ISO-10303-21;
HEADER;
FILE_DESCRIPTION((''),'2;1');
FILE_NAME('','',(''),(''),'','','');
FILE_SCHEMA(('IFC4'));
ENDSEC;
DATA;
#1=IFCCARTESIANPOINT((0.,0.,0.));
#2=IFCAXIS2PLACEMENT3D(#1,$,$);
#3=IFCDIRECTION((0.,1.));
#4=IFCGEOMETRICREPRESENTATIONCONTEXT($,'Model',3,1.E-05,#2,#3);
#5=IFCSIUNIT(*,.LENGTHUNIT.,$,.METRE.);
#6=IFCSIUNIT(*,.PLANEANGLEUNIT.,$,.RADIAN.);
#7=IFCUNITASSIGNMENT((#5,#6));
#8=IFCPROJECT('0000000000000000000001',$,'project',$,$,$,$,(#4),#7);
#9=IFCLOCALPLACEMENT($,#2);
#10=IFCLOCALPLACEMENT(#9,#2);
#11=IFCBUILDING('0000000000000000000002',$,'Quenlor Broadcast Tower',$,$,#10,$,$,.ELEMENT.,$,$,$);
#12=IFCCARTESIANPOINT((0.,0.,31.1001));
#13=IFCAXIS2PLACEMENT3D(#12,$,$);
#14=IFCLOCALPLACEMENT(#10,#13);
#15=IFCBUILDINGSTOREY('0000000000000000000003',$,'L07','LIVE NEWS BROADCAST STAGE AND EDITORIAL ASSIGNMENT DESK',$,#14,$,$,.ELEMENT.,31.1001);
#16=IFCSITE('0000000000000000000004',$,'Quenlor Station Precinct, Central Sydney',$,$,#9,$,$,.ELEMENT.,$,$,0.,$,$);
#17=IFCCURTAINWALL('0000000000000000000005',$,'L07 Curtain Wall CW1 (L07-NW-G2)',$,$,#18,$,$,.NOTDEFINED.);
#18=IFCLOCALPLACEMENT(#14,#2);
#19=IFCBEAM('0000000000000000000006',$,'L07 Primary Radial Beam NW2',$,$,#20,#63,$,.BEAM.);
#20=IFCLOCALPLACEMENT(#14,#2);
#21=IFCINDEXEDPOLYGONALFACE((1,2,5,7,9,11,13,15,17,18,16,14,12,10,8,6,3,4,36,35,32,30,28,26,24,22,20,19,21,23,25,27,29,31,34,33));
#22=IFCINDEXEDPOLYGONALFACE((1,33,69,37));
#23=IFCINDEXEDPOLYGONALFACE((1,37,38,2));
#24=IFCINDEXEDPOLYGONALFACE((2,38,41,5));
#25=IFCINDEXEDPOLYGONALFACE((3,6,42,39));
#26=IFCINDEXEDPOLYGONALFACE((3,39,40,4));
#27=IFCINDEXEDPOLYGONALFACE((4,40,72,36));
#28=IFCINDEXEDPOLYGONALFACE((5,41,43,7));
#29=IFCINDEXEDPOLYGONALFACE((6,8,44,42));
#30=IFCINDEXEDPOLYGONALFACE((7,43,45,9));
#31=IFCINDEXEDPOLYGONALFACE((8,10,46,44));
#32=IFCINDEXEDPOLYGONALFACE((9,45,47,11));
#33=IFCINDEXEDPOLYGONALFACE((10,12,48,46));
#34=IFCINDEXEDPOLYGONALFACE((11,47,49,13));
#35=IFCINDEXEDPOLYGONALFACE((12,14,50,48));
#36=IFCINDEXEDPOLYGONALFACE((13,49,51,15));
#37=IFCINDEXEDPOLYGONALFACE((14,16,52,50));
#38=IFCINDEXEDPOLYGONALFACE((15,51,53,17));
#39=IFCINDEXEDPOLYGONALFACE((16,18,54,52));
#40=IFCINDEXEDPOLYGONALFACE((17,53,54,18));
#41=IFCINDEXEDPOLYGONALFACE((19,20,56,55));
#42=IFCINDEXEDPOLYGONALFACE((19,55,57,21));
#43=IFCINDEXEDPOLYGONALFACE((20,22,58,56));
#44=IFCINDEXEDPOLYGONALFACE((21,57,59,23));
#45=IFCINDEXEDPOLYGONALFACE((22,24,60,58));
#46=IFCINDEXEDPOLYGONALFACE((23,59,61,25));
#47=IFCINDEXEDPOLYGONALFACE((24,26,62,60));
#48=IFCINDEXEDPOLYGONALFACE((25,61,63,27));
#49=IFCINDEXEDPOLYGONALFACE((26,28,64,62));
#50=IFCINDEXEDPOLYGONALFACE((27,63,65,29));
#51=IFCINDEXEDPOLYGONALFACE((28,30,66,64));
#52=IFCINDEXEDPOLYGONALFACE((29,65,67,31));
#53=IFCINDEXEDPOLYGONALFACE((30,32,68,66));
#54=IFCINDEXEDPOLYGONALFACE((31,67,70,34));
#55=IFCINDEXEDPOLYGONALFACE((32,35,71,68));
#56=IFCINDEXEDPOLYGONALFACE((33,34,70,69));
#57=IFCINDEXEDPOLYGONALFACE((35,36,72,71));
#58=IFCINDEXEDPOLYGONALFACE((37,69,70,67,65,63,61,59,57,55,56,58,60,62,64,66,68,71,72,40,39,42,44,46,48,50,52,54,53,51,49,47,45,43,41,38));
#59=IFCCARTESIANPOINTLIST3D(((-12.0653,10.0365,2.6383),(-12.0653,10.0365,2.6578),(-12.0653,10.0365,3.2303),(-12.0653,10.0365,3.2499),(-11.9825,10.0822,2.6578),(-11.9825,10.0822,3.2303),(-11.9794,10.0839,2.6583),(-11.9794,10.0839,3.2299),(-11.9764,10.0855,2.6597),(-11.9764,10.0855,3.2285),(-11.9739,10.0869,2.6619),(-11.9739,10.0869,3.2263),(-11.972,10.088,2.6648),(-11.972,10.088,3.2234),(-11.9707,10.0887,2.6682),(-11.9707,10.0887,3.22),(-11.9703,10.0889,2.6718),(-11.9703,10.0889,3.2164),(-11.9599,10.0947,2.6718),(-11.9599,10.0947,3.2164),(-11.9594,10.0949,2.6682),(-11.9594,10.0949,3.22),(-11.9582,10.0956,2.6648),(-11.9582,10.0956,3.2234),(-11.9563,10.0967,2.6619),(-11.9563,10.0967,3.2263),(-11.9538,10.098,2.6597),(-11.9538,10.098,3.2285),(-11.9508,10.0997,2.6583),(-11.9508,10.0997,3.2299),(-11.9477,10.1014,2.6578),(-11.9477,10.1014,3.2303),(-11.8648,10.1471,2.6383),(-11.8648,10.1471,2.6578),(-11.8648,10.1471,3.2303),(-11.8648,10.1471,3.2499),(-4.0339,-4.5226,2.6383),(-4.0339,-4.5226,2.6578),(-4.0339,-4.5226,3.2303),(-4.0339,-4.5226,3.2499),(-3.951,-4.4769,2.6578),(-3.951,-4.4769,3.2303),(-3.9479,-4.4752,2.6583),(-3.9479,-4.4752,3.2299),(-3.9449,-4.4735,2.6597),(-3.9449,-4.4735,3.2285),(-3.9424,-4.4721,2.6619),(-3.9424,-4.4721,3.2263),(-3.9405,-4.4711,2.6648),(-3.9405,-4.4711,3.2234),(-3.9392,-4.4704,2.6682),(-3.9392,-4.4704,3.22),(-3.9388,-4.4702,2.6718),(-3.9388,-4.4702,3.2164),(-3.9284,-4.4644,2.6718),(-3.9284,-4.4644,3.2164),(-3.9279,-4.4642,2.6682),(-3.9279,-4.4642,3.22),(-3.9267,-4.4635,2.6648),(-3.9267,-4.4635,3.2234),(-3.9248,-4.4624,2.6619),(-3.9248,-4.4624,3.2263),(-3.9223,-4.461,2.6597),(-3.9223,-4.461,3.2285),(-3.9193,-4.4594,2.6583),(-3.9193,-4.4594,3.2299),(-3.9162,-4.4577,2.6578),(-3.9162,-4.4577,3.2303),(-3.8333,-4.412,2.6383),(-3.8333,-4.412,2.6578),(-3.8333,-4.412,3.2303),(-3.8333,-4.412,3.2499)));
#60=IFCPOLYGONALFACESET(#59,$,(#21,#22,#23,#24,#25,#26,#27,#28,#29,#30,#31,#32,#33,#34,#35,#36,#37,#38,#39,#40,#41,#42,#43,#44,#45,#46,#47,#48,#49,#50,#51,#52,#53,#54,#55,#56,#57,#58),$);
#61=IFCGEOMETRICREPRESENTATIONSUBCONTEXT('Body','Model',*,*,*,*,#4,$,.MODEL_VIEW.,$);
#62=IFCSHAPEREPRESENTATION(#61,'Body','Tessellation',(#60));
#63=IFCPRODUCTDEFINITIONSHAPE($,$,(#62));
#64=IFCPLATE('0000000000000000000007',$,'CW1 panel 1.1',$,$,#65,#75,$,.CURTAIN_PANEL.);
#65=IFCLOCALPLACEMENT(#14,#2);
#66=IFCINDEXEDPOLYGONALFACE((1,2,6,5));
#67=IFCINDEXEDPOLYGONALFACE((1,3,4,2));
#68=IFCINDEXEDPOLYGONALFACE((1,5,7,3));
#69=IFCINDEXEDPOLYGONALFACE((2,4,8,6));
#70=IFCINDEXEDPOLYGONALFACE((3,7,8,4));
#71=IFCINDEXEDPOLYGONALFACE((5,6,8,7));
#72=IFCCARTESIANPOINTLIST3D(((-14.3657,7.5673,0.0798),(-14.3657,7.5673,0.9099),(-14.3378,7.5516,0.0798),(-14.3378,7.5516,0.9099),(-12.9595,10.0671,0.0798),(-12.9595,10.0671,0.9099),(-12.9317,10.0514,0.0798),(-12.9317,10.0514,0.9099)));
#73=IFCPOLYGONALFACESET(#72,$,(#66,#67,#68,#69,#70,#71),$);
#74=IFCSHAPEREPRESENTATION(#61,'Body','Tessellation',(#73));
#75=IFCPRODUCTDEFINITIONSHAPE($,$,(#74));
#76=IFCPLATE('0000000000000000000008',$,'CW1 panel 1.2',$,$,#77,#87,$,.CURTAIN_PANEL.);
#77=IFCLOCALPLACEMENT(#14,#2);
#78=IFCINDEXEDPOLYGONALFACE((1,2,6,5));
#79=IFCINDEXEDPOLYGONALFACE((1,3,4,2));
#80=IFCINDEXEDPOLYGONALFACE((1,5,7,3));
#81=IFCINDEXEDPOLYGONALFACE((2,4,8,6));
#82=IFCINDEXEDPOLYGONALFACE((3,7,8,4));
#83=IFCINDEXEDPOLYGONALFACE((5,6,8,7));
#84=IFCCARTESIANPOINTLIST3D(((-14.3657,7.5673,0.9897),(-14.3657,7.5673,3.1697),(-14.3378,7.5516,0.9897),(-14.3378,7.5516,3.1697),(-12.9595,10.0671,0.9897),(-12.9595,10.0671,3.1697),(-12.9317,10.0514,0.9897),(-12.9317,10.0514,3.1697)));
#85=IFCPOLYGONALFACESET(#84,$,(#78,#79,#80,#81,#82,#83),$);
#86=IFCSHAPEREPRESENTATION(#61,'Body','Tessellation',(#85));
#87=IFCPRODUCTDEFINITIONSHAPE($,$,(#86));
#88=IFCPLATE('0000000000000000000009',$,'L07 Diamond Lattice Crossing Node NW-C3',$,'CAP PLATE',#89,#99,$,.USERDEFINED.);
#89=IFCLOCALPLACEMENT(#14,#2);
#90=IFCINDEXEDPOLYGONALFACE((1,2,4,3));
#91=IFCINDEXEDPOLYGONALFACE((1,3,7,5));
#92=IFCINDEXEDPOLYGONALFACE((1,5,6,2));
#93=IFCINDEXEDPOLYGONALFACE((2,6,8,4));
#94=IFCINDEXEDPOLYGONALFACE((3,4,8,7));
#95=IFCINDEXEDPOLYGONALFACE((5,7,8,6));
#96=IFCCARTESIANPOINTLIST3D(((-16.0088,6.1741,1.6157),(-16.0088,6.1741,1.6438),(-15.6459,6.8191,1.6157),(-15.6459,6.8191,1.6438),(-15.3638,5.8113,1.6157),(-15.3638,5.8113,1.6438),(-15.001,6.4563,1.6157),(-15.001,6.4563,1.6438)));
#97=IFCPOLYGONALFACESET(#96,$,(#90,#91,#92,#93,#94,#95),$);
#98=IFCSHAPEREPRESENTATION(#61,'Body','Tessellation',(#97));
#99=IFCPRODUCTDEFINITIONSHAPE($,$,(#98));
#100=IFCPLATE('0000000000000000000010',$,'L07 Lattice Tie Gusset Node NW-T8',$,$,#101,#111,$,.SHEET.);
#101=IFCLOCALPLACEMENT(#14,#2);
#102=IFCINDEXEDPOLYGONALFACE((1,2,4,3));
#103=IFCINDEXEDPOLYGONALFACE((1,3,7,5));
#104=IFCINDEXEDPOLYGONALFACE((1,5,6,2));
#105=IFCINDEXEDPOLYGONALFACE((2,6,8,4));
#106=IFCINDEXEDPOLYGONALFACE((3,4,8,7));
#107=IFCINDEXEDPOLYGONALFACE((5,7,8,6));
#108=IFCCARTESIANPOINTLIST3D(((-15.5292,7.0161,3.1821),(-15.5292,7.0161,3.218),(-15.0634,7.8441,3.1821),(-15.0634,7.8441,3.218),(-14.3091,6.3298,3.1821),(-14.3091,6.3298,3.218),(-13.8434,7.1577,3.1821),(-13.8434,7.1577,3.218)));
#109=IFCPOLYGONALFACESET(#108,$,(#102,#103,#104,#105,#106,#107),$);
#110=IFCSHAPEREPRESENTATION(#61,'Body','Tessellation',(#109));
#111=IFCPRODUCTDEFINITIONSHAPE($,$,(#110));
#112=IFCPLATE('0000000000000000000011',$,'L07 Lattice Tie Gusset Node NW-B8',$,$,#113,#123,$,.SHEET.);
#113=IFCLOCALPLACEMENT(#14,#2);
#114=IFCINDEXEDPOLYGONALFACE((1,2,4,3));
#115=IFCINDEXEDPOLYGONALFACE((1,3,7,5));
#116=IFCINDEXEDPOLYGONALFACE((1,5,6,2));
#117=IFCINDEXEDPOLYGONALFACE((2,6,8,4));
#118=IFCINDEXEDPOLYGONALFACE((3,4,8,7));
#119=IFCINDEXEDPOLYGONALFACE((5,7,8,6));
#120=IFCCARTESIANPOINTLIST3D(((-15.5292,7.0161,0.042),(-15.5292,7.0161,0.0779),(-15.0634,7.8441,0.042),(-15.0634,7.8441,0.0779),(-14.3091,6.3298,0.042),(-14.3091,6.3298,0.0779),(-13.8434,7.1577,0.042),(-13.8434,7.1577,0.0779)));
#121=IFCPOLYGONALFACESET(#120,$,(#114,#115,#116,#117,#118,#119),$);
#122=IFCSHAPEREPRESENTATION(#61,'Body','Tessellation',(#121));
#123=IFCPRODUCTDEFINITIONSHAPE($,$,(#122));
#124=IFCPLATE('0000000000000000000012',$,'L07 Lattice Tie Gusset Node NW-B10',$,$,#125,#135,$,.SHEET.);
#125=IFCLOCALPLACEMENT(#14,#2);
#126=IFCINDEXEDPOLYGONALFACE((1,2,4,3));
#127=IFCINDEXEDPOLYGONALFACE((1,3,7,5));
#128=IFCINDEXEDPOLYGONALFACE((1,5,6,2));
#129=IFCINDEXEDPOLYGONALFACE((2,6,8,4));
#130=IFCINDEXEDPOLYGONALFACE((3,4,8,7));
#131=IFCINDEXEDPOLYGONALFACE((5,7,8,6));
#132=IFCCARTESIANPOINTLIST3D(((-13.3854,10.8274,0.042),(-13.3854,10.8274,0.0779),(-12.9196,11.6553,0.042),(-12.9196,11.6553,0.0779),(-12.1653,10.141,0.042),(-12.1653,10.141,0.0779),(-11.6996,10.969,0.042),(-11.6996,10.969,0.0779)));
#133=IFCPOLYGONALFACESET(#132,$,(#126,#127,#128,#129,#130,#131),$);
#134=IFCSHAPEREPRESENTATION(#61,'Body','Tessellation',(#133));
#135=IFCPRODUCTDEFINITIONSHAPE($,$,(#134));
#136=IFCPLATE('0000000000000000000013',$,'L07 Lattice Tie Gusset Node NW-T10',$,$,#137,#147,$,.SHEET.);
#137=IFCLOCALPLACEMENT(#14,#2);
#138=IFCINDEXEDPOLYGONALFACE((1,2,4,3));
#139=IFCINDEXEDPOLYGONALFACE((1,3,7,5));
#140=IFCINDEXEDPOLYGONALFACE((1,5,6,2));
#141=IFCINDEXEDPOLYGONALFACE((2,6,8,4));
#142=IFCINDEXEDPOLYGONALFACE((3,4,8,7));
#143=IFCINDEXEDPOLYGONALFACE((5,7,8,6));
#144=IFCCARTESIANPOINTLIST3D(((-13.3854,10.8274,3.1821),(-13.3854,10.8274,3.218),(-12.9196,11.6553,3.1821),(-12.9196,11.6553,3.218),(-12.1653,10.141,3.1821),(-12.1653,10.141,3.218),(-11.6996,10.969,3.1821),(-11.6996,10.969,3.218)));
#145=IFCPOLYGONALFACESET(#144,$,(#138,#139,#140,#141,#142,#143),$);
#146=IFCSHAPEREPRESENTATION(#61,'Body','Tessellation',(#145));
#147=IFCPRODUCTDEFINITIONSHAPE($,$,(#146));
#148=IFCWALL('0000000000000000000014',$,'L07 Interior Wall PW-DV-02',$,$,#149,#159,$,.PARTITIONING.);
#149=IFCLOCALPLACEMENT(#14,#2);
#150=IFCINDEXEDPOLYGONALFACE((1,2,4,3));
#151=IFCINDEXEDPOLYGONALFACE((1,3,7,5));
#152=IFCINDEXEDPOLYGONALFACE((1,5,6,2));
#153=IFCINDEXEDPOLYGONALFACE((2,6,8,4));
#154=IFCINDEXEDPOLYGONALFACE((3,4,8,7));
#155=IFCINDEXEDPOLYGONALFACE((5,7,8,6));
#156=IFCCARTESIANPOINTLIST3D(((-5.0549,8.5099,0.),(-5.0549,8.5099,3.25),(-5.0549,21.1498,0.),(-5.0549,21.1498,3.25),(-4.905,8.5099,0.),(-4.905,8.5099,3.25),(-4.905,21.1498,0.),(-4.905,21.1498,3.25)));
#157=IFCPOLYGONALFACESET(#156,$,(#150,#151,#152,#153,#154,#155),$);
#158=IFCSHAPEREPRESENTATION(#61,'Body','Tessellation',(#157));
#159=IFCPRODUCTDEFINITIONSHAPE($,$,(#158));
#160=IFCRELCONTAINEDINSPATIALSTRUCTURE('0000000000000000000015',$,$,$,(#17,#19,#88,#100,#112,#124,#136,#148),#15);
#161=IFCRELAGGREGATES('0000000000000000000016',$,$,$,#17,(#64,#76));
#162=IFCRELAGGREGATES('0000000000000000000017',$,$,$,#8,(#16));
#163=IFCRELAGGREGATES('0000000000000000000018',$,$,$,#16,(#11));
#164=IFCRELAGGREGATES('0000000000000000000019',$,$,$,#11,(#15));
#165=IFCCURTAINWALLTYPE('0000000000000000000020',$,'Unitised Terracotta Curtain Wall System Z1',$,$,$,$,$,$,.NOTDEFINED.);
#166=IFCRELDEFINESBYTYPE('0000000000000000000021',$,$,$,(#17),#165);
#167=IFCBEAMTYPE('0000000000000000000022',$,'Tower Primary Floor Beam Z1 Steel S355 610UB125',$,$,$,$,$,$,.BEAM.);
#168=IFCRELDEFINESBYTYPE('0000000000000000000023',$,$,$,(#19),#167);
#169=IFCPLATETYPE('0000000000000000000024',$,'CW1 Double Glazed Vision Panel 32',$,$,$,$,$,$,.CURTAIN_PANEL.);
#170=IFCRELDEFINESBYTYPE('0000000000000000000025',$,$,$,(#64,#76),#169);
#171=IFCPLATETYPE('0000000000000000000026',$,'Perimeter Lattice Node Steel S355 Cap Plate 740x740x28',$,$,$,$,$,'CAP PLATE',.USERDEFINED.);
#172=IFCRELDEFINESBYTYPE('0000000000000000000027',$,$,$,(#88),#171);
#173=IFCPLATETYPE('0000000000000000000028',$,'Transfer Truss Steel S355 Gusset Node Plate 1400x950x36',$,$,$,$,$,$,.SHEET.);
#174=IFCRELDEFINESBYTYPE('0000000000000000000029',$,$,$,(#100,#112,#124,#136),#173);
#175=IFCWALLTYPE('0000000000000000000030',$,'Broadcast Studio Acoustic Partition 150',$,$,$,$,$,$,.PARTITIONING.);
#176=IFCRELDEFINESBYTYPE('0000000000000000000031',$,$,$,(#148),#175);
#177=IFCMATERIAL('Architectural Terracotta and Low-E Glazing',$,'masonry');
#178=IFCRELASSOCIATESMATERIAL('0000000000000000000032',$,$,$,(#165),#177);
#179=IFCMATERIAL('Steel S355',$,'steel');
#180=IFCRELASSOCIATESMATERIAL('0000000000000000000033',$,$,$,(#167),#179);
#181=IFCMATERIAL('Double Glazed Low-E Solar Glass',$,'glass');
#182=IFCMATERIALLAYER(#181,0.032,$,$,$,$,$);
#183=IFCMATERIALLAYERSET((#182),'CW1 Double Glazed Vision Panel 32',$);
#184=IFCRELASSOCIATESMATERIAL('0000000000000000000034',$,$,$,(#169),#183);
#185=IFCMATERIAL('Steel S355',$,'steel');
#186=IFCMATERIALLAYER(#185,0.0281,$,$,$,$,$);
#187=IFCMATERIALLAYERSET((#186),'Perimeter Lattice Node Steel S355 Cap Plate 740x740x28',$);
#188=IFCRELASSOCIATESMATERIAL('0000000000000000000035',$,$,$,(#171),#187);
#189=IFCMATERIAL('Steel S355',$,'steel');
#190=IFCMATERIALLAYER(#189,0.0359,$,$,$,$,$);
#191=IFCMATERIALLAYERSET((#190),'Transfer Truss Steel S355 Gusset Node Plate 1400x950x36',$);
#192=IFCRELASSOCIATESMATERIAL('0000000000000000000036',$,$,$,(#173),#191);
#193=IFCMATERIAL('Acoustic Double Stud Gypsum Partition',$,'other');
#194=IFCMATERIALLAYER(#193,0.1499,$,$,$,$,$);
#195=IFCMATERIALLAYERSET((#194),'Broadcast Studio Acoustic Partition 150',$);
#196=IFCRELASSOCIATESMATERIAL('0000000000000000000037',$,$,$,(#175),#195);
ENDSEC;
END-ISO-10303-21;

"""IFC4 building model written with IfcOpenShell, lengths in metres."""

from ifc_helpers import new_model, si_unit, direction, frame, frame_2d, origin, origin_2d, place, context, subcontext, project, spatial, rectangle, i_section, extrude, material, layer, layer_set, material_profile, profile_set, type_object, element, aggregate, save


model = new_model("IFC4")

# Units and contexts
model_context = context("Model", 3, precision=1e-05, world=origin(), true_north=direction((0.0, 1.0)))
body_context = subcontext(model_context, "Body", "Model", "MODEL_VIEW")
ifc_project = project(units=[si_unit("LENGTHUNIT", "METRE"), si_unit("PLANEANGLEUNIT", "RADIAN")], contexts=[model_context])

# Site, building, storey
site_placement = place(None, origin())
site = spatial("IfcSite", under=ifc_project, at=site_placement, Name="Quenlor Station Precinct, Central Sydney", CompositionType="ELEMENT", RefElevation=0.0)
building_placement = place(site_placement, origin())
building = spatial("IfcBuilding", under=site, at=building_placement, Name="Quenlor Broadcast Tower", CompositionType="ELEMENT")
storey_placement = place(building_placement, frame((0.0, 0.0, 31.1001)))
storey = spatial("IfcBuildingStorey", under=building, at=storey_placement, Name="L07", Description="LIVE NEWS BROADCAST STAGE AND EDITORIAL ASSIGNMENT DESK", CompositionType="ELEMENT", Elevation=31.1001)

# Curtain wall
ifc_material_1 = material(Name="Architectural Terracotta and Low-E Glazing", Category="masonry")
curtain_wall_type = type_object("IfcCurtainWallType", Name="Unitised Terracotta Curtain Wall System Z1", PredefinedType="NOTDEFINED", material=ifc_material_1)
curtain_wall_placement = place(storey_placement, origin())
curtain_wall = element("IfcCurtainWall", 1, at=curtain_wall_placement, inside=storey, type_object=curtain_wall_type, Name="L07 Curtain Wall CW1 (L07-NW-G2)", PredefinedType="NOTDEFINED")

# Beam
ifc_material_2 = material(Name="Steel S355", Category="steel")
ifc_material_profile_1 = material_profile(ifc_material_2, i_section(OverallWidth=0.229, OverallDepth=0.6116, WebThickness=0.012, FlangeThickness=0.0195, FilletRadius=0.0139, at=origin_2d()))
ifc_profile_set_1 = profile_set([ifc_material_profile_1], Name="Steel S355 610UB125")
beam_type_1 = type_object("IfcBeamType", Name="Tower Primary Floor Beam Z1 Steel S355 610UB125", PredefinedType="BEAM", material=ifc_profile_set_1)
beam_1_placement = place(storey_placement, frame((-11.9651, 10.0918, 2.9441), z_axis=(0.483026, -0.875606, 0.0), x_axis=(0.875606, 0.483026, 0.0)))
element("IfcBeam", 2, at=beam_1_placement, inside=storey, type_object=beam_type_1, Name="L07 Primary Radial Beam NW2", PredefinedType="BEAM", context=body_context, shape_type="SweptSolid", body=[
    extrude(i_section(OverallWidth=0.229, OverallDepth=0.6116, WebThickness=0.012, FlangeThickness=0.0195, FilletRadius=0.0139, at=origin_2d()), origin(), (0.0, 0.0, 1.0), 16.6274),
])

# Plates
ifc_material_3 = material(Name="Double Glazed Low-E Solar Glass", Category="glass")
ifc_layer_1 = layer(ifc_material_3, 0.032)
ifc_layer_set_1 = layer_set([ifc_layer_1], Name="CW1 Double Glazed Vision Panel 32")
plate_type_1 = type_object("IfcPlateType", Name="CW1 Double Glazed Vision Panel 32", PredefinedType="CURTAIN_PANEL", material=ifc_layer_set_1)
plate_1_placement = place(storey_placement, frame((-13.6487, 8.8093, 0.0798), z_axis=(0.0, 0.0, 1.0), x_axis=(0.490274, 0.871568, 0.0)))
plate_1 = element("IfcPlate", 3, at=plate_1_placement, type_object=plate_type_1, Name="CW1 panel 1.1", PredefinedType="CURTAIN_PANEL", context=body_context, shape_type="SweptSolid", body=[
    extrude(rectangle(XDim=2.8682, YDim=0.032, at=origin_2d()), origin(), (0.0, 0.0, 1.0), 0.8301),
])
plate_2_placement = place(storey_placement, frame((-13.6487, 8.8093, 0.9897), z_axis=(0.0, 0.0, 1.0), x_axis=(0.490274, 0.871568, 0.0)))
plate_2 = element("IfcPlate", 4, at=plate_2_placement, type_object=plate_type_1, Name="CW1 panel 1.2", PredefinedType="CURTAIN_PANEL", context=body_context, shape_type="SweptSolid", body=[
    extrude(rectangle(XDim=2.8682, YDim=0.032, at=origin_2d()), origin(), (0.0, 0.0, 1.0), 2.1799),
])
aggregate(curtain_wall, [plate_1, plate_2])

# Plates
ifc_material_4 = material(Name="Steel S355", Category="steel")
ifc_layer_2 = layer(ifc_material_4, 0.0281)
ifc_layer_set_2 = layer_set([ifc_layer_2], Name="Perimeter Lattice Node Steel S355 Cap Plate 740x740x28")
plate_type_2 = type_object("IfcPlateType", Name="Perimeter Lattice Node Steel S355 Cap Plate 740x740x28", ElementType="CAP PLATE", PredefinedType="USERDEFINED", material=ifc_layer_set_2)
plate_3_placement = place(storey_placement, frame((-15.5049, 6.3152, 1.6157), z_axis=(0.0, 0.0, 1.0), x_axis=(0.490295, 0.871556, 0.0)))
element("IfcPlate", 5, at=plate_3_placement, inside=storey, type_object=plate_type_2, Name="L07 Diamond Lattice Crossing Node NW-C3", ObjectType="CAP PLATE", PredefinedType="USERDEFINED", context=body_context, shape_type="SweptSolid", body=[
    extrude(rectangle(XDim=0.74, YDim=0.74, at=origin_2d()), origin(), (0.0, 0.0, 1.0), 0.0281),
])
ifc_material_5 = material(Name="Steel S355", Category="steel")
ifc_layer_3 = layer(ifc_material_5, 0.0359)
ifc_layer_set_3 = layer_set([ifc_layer_3], Name="Transfer Truss Steel S355 Gusset Node Plate 1400x950x36")
plate_type_3 = type_object("IfcPlateType", Name="Transfer Truss Steel S355 Gusset Node Plate 1400x950x36", PredefinedType="SHEET", material=ifc_layer_set_3)
for number, where, z_axis, x_axis, name in (
    (6, (-14.6863, 7.0869, 3.1821), (0.0, 0.0, 1.0), (-0.871556, 0.490295, 0.0), "L07 Lattice Tie Gusset Node NW-T8"),
    (7, (-14.6863, 7.0869, 0.042), (0.0, 0.0, 1.0), (-0.871556, 0.490295, 0.0), "L07 Lattice Tie Gusset Node NW-B8"),
    (8, (-12.5425, 10.8982, 0.042), (0.0, 0.0, 1.0), (-0.871556, 0.490295, 0.0), "L07 Lattice Tie Gusset Node NW-B10"),
    (9, (-12.5425, 10.8982, 3.1821), (0.0, 0.0, 1.0), (-0.871556, 0.490295, 0.0), "L07 Lattice Tie Gusset Node NW-T10"),
):
    element("IfcPlate", number, at=place(storey_placement, frame(where, z_axis=z_axis, x_axis=x_axis)), inside=storey, type_object=plate_type_3, Name=name, PredefinedType="SHEET", context=body_context, shape_type="SweptSolid", body=[
        extrude(rectangle(XDim=1.3999, YDim=0.95, at=origin_2d()), origin(), (0.0, 0.0, 1.0), 0.0359),
    ])

# Wall
ifc_material_6 = material(Name="Acoustic Double Stud Gypsum Partition", Category="other")
ifc_layer_4 = layer(ifc_material_6, 0.1499)
ifc_layer_set_4 = layer_set([ifc_layer_4], Name="Broadcast Studio Acoustic Partition 150")
wall_type_1 = type_object("IfcWallType", Name="Broadcast Studio Acoustic Partition 150", PredefinedType="PARTITIONING", material=ifc_layer_set_4)
wall_1_placement = place(storey_placement, frame((-4.98, 8.51, 0.0), z_axis=(0.0, 0.0, 1.0), x_axis=(0.0, 1.0, 0.0)))
element("IfcWall", 10, at=wall_1_placement, inside=storey, type_object=wall_type_1, Name="L07 Interior Wall PW-DV-02", PredefinedType="PARTITIONING", context=body_context, shape_type="SweptSolid", body=[
    extrude(rectangle(XDim=12.6399, YDim=0.1499, at=frame_2d((6.3198, 0.0))), origin(), (0.0, 0.0, 1.0), 3.25),
])

save(model, "model.ifc")
